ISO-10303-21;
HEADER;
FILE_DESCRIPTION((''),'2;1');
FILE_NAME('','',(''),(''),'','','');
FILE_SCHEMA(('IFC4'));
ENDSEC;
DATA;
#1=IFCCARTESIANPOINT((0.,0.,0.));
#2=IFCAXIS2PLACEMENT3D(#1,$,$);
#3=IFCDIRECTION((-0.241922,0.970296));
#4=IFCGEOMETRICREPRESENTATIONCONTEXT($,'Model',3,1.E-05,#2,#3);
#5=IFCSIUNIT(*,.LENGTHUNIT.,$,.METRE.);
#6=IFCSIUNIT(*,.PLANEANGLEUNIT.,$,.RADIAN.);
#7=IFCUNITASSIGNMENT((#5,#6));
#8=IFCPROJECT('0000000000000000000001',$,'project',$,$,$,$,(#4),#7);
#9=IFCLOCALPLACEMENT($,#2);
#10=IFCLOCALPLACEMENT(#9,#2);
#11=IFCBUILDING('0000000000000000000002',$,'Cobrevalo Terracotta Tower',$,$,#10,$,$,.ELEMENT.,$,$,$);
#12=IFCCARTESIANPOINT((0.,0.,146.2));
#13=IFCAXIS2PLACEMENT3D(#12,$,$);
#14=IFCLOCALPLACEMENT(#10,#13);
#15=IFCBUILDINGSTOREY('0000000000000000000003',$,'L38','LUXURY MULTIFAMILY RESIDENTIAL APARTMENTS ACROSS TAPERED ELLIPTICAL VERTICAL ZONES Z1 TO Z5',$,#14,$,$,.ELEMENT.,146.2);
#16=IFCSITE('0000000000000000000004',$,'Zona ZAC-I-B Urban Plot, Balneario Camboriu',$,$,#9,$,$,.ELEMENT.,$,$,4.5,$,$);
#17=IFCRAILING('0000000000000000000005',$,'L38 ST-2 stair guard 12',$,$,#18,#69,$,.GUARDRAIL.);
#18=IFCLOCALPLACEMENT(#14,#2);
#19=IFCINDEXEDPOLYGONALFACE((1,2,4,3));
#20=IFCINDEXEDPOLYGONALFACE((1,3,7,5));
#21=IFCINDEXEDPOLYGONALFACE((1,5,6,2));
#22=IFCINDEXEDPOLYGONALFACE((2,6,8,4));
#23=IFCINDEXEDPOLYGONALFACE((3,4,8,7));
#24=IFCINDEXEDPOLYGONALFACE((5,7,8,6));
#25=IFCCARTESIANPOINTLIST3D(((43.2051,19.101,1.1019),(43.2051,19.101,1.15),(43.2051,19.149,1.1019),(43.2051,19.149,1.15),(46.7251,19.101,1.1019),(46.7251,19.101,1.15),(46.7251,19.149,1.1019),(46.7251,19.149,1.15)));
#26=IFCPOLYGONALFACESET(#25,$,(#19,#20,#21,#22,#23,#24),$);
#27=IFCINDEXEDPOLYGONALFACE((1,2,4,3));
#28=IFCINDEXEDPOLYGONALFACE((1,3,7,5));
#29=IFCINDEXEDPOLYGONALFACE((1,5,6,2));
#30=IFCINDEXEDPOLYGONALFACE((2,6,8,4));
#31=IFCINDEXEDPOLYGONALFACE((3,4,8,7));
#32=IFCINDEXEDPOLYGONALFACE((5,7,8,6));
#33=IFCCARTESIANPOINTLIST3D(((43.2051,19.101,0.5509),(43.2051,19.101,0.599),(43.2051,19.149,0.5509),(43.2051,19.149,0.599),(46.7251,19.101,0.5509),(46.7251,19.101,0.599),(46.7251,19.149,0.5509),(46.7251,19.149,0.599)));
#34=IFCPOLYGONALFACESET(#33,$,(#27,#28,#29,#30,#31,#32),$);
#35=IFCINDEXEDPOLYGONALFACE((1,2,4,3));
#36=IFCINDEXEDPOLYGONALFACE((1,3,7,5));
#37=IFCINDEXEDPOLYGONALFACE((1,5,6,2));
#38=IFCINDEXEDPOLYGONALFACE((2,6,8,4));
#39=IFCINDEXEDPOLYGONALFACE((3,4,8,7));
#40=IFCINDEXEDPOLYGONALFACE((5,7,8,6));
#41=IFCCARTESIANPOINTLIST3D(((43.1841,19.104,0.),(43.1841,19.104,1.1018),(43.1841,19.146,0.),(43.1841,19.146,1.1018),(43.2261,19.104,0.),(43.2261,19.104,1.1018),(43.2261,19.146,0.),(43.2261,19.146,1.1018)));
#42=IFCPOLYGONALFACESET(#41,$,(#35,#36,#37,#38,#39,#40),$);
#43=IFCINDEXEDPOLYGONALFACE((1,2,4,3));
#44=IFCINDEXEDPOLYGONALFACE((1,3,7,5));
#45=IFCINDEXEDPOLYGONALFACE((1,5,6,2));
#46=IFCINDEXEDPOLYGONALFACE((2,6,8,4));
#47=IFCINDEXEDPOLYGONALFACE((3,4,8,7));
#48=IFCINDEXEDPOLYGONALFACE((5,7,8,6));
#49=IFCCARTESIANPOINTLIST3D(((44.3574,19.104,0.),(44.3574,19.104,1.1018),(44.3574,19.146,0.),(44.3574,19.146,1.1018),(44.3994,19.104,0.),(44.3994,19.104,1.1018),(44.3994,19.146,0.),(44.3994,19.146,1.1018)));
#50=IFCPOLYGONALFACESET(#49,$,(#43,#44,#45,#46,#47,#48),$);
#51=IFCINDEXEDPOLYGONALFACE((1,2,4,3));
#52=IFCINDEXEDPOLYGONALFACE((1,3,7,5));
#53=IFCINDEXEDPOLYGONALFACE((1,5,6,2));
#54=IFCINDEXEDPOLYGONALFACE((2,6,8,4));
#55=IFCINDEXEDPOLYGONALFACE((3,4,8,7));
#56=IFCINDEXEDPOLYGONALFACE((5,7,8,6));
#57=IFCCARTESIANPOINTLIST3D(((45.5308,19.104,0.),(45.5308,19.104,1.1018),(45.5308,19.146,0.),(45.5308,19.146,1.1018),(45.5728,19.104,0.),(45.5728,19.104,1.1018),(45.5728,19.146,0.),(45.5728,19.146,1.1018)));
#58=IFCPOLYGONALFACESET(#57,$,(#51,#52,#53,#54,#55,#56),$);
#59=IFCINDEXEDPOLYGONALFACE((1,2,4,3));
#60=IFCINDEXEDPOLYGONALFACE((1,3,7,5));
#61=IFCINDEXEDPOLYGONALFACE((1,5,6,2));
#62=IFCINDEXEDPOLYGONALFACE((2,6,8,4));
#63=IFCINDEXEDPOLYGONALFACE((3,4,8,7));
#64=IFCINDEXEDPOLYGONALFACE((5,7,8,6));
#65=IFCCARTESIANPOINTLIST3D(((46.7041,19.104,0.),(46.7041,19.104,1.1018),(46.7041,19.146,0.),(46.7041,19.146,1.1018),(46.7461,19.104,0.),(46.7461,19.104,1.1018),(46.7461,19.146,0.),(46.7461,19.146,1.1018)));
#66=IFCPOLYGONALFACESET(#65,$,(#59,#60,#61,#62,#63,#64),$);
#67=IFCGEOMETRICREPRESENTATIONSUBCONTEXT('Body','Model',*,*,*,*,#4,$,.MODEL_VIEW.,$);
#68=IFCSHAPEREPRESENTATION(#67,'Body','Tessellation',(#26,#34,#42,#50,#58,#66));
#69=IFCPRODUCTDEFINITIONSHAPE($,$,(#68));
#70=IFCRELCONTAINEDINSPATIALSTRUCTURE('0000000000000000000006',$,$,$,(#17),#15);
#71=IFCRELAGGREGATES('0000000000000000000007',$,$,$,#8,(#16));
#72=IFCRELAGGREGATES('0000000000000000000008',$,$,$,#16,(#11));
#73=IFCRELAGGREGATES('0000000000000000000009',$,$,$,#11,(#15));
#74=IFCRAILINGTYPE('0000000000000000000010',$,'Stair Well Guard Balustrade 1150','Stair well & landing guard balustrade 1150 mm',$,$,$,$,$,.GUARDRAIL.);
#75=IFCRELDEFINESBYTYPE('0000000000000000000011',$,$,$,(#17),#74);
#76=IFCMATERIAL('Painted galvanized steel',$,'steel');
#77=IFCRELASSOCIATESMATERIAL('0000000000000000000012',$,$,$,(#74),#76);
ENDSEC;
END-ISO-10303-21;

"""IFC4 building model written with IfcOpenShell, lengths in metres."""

from ifc_helpers import new_model, si_unit, direction, frame, origin, origin_2d, place, context, subcontext, project, spatial, rectangle, extrude, material, type_object, element, save


model = new_model("IFC4")

# Units and contexts
model_context = context("Model", 3, precision=1e-05, world=origin(), true_north=direction((-0.241922, 0.970296)))
body_context = subcontext(model_context, "Body", "Model", "MODEL_VIEW")
ifc_project = project(units=[si_unit("LENGTHUNIT", "METRE"), si_unit("PLANEANGLEUNIT", "RADIAN")], contexts=[model_context])

# Site, building, storey
site_placement = place(None, origin())
site = spatial("IfcSite", under=ifc_project, at=site_placement, Name="Zona ZAC-I-B Urban Plot, Balneario Camboriu", CompositionType="ELEMENT", RefElevation=4.5)
building_placement = place(site_placement, origin())
building = spatial("IfcBuilding", under=site, at=building_placement, Name="Cobrevalo Terracotta Tower", CompositionType="ELEMENT")
storey_placement = place(building_placement, frame((0.0, 0.0, 146.2)))
storey = spatial("IfcBuildingStorey", under=building, at=storey_placement, Name="L38", Description="LUXURY MULTIFAMILY RESIDENTIAL APARTMENTS ACROSS TAPERED ELLIPTICAL VERTICAL ZONES Z1 TO Z5", CompositionType="ELEMENT", Elevation=146.2)

# Railing
ifc_material_1 = material(Name="Painted galvanized steel", Category="steel")
railing_type_1 = type_object("IfcRailingType", Name="Stair Well Guard Balustrade 1150", Description="Stair well & landing guard balustrade 1150 mm", PredefinedType="GUARDRAIL", material=ifc_material_1)
railing_1_placement = place(storey_placement, frame((43.2051, 19.125, 0.0)))
element("IfcRailing", 1, at=railing_1_placement, inside=storey, type_object=railing_type_1, Name="L38 ST-2 stair guard 12", PredefinedType="GUARDRAIL", context=body_context, shape_type="SweptSolid", body=[
    extrude(rectangle(XDim=0.0481, YDim=0.0481, at=origin_2d()), frame((0.0, 0.0, 1.126), z_axis=(1.0, 0.0, 0.0), x_axis=(0.0, 1.0, 0.0)), (0.0, 0.0, 1.0), 3.52),
    extrude(rectangle(XDim=0.0481, YDim=0.0481, at=origin_2d()), frame((0.0, 0.0, 0.575), z_axis=(1.0, 0.0, 0.0), x_axis=(0.0, 1.0, 0.0)), (0.0, 0.0, 1.0), 3.52),
    extrude(rectangle(XDim=0.042, YDim=0.042, at=origin_2d()), origin(), (0.0, 0.0, 1.0), 1.1018),
    extrude(rectangle(XDim=0.042, YDim=0.042, at=origin_2d()), frame((1.1733, 0.0, 0.0)), (0.0, 0.0, 1.0), 1.1018),
    extrude(rectangle(XDim=0.042, YDim=0.042, at=origin_2d()), frame((2.3467, 0.0, 0.0)), (0.0, 0.0, 1.0), 1.1018),
    extrude(rectangle(XDim=0.042, YDim=0.042, at=origin_2d()), frame((3.52, 0.0, 0.0)), (0.0, 0.0, 1.0), 1.1018),
])

save(model, "model.ifc")
